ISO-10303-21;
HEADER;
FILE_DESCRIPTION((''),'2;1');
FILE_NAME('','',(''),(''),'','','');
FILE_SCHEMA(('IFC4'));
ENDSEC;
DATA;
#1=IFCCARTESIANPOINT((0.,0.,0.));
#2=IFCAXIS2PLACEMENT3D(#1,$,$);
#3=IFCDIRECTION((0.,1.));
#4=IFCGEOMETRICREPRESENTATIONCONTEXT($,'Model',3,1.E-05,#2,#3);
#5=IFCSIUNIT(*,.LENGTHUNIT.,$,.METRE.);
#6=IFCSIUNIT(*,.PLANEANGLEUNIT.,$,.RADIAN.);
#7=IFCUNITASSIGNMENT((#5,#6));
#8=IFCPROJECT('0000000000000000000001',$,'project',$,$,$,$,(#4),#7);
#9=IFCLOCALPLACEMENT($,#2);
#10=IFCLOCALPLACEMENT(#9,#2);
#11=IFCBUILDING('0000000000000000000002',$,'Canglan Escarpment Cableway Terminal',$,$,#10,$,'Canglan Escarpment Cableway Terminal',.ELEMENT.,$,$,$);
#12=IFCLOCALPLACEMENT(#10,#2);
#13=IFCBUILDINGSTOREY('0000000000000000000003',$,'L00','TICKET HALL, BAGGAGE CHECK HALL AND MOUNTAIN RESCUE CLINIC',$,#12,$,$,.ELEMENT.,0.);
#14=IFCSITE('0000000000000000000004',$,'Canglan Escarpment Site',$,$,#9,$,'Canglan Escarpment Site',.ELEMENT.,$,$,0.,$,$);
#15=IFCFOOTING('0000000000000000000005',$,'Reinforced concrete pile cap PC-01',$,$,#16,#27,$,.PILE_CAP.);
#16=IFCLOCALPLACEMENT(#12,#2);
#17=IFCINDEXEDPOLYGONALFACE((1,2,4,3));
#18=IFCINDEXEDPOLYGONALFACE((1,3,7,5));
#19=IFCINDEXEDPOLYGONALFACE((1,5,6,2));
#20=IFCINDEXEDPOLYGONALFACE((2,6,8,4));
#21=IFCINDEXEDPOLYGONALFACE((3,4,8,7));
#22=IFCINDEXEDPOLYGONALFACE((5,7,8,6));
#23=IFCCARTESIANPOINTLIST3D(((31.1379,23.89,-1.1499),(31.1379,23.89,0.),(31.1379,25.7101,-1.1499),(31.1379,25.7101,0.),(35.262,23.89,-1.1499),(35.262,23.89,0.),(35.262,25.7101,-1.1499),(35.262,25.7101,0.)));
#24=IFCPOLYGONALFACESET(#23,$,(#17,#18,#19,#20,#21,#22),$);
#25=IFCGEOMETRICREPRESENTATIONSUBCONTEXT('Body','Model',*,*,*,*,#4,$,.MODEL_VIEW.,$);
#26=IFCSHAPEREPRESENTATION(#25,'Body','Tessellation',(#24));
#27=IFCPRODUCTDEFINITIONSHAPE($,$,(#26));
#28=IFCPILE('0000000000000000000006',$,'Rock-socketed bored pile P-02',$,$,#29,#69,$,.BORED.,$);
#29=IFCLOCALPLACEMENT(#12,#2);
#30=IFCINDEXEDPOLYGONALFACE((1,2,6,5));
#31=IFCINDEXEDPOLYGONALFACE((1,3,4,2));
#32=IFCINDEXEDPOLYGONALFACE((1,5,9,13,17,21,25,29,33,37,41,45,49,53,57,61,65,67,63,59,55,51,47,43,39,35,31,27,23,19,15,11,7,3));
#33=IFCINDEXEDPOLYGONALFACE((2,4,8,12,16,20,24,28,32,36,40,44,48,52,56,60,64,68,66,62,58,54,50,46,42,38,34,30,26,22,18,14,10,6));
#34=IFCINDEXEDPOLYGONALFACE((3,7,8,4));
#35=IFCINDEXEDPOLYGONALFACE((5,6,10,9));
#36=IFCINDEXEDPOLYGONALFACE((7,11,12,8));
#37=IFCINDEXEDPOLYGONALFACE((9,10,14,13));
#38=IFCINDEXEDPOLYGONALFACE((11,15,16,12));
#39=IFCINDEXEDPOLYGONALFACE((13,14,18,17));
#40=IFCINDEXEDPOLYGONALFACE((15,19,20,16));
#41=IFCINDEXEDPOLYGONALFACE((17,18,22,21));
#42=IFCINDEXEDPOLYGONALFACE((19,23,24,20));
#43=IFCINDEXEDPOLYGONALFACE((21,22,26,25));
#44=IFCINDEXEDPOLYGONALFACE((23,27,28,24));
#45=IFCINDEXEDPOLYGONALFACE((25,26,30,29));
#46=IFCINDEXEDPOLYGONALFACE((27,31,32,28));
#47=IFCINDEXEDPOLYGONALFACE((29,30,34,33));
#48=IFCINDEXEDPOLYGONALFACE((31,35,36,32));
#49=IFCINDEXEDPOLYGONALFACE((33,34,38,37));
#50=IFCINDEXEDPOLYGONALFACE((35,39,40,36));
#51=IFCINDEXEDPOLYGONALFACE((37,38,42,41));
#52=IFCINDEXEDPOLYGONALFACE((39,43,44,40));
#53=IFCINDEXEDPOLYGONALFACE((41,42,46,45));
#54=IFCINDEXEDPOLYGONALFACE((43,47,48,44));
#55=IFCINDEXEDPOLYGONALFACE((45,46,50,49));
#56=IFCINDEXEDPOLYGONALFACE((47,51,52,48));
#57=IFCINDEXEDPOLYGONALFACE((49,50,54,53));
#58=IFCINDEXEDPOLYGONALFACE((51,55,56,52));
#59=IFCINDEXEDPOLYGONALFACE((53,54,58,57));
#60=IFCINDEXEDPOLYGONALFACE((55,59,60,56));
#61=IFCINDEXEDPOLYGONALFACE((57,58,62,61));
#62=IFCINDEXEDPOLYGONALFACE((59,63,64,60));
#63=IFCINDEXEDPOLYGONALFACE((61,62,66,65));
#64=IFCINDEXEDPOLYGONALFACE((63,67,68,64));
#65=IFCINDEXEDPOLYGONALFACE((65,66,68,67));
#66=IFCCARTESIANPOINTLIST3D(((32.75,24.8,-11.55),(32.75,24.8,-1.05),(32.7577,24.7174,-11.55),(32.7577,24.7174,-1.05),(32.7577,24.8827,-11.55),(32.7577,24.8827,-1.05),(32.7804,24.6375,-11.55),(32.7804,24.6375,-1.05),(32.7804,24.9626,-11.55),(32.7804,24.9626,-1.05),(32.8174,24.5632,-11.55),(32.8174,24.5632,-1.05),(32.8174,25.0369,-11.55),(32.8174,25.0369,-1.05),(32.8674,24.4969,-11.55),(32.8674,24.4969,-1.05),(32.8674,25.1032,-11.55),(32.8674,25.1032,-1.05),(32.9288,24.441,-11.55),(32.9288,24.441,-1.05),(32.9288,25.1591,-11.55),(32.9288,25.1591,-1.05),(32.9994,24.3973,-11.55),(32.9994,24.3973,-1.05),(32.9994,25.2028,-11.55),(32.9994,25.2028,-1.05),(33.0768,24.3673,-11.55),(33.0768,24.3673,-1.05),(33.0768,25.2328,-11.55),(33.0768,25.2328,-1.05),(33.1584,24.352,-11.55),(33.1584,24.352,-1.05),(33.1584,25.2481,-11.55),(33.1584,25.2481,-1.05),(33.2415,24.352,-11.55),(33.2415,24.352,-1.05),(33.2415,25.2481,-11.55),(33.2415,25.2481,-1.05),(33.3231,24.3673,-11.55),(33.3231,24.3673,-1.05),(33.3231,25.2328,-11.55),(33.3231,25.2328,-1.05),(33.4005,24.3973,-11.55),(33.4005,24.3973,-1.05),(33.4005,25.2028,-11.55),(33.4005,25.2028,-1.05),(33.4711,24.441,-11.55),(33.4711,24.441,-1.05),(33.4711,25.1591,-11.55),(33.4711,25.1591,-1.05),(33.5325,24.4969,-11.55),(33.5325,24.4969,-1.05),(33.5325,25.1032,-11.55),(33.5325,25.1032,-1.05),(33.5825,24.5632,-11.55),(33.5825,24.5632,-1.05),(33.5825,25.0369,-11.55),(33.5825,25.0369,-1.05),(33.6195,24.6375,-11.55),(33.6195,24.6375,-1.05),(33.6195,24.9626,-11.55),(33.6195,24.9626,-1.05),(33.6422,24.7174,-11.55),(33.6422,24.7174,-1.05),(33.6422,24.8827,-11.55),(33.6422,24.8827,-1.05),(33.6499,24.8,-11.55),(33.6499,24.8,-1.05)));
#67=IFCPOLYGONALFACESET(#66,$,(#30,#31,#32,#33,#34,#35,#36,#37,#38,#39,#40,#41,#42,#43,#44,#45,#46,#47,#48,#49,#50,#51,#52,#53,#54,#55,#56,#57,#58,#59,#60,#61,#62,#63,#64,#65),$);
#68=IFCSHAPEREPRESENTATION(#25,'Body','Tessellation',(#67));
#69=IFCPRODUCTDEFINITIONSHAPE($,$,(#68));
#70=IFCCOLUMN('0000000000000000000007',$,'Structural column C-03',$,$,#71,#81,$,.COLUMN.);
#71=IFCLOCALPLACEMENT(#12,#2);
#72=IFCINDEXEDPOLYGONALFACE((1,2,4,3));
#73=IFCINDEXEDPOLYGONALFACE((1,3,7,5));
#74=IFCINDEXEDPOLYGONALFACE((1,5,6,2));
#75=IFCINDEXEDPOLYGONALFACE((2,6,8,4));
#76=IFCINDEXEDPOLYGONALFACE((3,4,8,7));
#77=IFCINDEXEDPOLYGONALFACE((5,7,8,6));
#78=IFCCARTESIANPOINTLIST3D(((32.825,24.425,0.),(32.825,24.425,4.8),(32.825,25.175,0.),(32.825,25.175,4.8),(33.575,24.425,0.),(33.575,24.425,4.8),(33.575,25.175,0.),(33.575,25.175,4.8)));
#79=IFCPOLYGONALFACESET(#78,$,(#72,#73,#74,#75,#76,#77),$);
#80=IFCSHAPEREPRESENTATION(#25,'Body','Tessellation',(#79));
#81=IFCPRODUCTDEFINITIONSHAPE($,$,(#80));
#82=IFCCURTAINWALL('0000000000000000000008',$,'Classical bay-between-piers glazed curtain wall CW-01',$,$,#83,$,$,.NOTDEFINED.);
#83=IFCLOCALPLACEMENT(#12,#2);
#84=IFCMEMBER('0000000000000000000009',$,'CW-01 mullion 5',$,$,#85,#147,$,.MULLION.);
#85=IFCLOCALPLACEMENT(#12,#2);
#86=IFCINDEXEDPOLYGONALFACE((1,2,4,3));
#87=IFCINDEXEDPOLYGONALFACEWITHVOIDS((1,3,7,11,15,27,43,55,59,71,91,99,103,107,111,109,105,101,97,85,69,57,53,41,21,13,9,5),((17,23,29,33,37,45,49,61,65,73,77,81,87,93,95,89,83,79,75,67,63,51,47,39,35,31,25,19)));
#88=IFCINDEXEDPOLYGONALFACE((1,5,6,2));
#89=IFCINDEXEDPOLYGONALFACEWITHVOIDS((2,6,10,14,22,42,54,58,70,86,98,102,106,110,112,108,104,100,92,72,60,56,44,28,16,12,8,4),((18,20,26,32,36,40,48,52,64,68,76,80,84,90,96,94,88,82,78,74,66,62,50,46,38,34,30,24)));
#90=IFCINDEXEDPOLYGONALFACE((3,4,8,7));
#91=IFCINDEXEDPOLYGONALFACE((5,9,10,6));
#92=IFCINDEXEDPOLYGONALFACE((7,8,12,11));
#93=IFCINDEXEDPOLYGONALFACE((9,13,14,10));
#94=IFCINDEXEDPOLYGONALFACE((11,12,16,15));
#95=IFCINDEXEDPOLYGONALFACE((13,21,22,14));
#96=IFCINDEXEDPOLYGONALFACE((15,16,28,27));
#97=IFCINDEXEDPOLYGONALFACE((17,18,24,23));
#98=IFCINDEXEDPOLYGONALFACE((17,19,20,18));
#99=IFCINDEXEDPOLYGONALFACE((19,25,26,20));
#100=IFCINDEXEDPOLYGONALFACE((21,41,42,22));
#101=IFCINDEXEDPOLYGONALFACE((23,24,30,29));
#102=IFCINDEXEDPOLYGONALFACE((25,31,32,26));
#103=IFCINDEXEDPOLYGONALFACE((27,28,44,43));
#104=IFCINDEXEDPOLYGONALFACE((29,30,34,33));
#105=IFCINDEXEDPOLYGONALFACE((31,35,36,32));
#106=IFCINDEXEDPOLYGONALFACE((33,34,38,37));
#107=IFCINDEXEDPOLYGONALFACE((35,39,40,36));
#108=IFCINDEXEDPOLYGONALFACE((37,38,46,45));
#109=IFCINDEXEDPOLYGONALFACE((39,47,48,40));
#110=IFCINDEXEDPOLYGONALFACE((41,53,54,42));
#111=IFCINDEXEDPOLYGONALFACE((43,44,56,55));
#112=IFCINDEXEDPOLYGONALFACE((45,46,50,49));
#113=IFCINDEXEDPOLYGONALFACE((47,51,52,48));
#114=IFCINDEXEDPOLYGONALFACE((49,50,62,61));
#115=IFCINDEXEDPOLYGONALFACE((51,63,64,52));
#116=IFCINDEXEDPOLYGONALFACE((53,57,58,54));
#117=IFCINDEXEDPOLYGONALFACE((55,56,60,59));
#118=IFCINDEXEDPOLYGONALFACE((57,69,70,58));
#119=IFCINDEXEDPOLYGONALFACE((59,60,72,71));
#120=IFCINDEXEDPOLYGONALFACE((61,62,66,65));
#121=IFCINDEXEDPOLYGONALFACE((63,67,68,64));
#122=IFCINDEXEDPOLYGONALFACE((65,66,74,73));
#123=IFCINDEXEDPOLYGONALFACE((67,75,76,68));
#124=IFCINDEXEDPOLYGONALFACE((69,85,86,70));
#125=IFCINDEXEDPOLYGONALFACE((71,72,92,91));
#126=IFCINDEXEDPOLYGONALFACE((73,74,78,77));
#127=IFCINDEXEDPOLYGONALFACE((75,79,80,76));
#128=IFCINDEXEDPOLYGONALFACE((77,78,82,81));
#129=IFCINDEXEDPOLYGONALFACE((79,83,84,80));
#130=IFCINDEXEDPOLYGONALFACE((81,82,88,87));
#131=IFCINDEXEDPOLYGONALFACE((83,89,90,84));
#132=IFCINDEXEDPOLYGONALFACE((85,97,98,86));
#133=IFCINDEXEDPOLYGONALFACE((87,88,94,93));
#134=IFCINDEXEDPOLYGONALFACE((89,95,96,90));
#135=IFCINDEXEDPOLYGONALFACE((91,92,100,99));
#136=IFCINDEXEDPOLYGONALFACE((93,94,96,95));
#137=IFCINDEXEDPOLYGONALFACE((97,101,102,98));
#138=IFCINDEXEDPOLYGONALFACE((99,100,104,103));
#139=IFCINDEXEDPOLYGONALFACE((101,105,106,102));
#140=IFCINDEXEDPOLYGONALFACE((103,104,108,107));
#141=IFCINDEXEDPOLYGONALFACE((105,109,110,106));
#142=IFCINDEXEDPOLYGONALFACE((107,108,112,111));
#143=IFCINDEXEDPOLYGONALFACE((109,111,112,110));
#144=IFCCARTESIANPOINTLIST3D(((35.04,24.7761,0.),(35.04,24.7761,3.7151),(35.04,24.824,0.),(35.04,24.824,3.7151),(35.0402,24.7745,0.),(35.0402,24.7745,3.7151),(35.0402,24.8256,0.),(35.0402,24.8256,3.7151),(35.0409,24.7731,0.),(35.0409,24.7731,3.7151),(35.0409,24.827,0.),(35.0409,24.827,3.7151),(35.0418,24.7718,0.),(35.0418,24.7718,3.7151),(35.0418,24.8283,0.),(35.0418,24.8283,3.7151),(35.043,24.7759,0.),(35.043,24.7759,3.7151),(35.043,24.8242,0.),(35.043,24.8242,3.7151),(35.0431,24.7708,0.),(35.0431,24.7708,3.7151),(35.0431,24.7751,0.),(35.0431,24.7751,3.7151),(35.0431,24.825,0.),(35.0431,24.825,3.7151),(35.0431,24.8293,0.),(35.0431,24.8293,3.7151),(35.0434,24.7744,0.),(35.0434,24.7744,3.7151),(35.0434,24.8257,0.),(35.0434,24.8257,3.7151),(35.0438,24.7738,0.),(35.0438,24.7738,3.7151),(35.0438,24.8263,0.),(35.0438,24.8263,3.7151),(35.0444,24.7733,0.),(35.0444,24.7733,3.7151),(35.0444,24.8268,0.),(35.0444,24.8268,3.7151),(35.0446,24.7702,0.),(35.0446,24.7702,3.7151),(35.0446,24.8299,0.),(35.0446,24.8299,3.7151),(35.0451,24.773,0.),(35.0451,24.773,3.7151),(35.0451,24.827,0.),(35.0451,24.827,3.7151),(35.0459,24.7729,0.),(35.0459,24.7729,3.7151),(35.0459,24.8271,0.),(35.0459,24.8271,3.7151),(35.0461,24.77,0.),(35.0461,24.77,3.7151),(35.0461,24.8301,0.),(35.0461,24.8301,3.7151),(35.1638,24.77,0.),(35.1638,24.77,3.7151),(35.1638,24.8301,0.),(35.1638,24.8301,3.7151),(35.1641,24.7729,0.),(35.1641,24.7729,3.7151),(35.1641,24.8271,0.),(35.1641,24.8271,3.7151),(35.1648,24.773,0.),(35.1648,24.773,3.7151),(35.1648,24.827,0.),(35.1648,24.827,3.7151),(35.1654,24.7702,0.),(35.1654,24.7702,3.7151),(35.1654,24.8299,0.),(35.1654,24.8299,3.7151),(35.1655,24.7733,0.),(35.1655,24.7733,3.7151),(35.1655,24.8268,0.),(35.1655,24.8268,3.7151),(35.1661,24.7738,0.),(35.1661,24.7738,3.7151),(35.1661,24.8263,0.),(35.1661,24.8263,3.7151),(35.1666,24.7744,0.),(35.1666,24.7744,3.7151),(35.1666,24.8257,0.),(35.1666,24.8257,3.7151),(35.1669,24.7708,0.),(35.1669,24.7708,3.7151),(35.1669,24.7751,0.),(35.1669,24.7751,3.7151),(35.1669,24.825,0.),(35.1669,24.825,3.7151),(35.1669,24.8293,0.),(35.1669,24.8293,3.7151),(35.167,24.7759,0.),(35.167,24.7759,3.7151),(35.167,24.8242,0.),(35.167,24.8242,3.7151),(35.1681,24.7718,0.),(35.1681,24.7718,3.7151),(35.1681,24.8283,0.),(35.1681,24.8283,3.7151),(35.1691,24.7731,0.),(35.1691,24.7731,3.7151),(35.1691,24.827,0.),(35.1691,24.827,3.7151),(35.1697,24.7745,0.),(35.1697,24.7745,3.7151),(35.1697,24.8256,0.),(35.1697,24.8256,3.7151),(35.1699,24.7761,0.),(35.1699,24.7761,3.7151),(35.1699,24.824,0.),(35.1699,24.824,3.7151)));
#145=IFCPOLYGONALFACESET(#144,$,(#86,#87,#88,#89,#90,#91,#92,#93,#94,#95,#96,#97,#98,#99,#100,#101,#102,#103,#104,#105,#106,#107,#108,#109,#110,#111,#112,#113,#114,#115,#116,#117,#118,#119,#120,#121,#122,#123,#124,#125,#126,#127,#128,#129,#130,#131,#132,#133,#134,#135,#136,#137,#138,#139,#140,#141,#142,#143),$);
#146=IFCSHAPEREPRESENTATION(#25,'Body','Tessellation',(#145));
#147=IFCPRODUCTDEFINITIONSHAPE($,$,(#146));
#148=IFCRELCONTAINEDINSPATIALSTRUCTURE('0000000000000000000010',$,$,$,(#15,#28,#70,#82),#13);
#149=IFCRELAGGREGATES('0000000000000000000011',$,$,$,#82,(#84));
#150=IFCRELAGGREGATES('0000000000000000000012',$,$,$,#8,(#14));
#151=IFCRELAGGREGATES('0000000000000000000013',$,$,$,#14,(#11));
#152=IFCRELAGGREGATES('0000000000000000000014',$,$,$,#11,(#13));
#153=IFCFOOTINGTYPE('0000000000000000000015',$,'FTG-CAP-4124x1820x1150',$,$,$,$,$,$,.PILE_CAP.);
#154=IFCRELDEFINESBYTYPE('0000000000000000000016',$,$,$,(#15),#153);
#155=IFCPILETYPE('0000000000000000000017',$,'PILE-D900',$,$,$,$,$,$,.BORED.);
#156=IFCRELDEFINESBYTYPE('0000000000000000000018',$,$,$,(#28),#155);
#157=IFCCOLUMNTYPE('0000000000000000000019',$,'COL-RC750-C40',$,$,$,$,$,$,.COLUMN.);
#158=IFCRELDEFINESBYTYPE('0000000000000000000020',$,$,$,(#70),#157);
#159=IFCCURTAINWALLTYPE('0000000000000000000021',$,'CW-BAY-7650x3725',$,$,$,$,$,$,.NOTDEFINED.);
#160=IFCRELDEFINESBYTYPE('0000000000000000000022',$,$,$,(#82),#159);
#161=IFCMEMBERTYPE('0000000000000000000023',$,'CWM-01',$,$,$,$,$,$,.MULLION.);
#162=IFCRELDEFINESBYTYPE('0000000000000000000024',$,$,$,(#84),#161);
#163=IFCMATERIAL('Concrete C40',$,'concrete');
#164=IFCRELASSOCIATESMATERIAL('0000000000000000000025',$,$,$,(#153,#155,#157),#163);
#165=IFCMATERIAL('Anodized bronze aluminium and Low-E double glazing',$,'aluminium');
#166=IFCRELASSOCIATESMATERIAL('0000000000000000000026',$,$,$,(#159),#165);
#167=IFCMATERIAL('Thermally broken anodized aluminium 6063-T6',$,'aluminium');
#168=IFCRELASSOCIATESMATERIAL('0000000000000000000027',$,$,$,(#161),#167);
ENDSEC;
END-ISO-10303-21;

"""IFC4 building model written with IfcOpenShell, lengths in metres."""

from ifc_helpers import new_model, si_unit, direction, frame, origin, origin_2d, place, context, subcontext, project, spatial, rectangle, hollow_rectangle, circle, extrude, material, material_profile, profile_set, type_object, element, aggregate, save


model = new_model("IFC4")

# Units and contexts
model_context = context("Model", 3, precision=1e-05, world=origin(), true_north=direction((0.0, 1.0)))
body_context = subcontext(model_context, "Body", "Model", "MODEL_VIEW")
ifc_project = project(units=[si_unit("LENGTHUNIT", "METRE"), si_unit("PLANEANGLEUNIT", "RADIAN")], contexts=[model_context])

# Site, building, storey
site_placement = place(None, origin())
site = spatial("IfcSite", under=ifc_project, at=site_placement, Name="Canglan Escarpment Site", LongName="Canglan Escarpment Site", CompositionType="ELEMENT", RefElevation=0.0)
building_placement = place(site_placement, origin())
building = spatial("IfcBuilding", under=site, at=building_placement, Name="Canglan Escarpment Cableway Terminal", LongName="Canglan Escarpment Cableway Terminal", CompositionType="ELEMENT")
storey_placement = place(building_placement, origin())
storey = spatial("IfcBuildingStorey", under=building, at=storey_placement, Name="L00", Description="TICKET HALL, BAGGAGE CHECK HALL AND MOUNTAIN RESCUE CLINIC", CompositionType="ELEMENT", Elevation=0.0)

# Footing
ifc_material_1 = material(Name="Concrete C40", Category="concrete")
footing_type = type_object("IfcFootingType", Name="FTG-CAP-4124x1820x1150", PredefinedType="PILE_CAP", material=ifc_material_1)
footing_placement = place(storey_placement, frame((33.2, 24.8, -1.1499), z_axis=(0.0, 0.0, 1.0), x_axis=(1.0, 0.0, 0.0)))
element("IfcFooting", 1, at=footing_placement, inside=storey, type_object=footing_type, Name="Reinforced concrete pile cap PC-01", PredefinedType="PILE_CAP", context=body_context, shape_type="SweptSolid", body=[
    extrude(rectangle(XDim=4.124, YDim=1.8201, at=origin_2d()), origin(), (0.0, 0.0, 1.0), 1.1499),
])

# Pile
ifc_material_profile_1 = material_profile(ifc_material_1, circle(Radius=0.45, at=origin_2d()), Name="BORED PILE D900")
ifc_profile_set_1 = profile_set([ifc_material_profile_1], Name="Concrete C40")
pile_type = type_object("IfcPileType", Name="PILE-D900", PredefinedType="BORED", material=ifc_profile_set_1)
pile_placement = place(storey_placement, frame((33.2, 24.8, -1.05), z_axis=(0.0, 0.0, -1.0), x_axis=(1.0, 0.0, 0.0)))
element("IfcPile", 2, at=pile_placement, inside=storey, type_object=pile_type, Name="Rock-socketed bored pile P-02", PredefinedType="BORED", context=body_context, shape_type="SweptSolid", body=[
    extrude(circle(Radius=0.45, at=origin_2d()), origin(), (0.0, 0.0, 1.0), 10.5),
])

# Column
ifc_material_profile_2 = material_profile(ifc_material_1, rectangle(XDim=0.75, YDim=0.75, at=origin_2d()), Name="RC 750x750")
ifc_profile_set_2 = profile_set([ifc_material_profile_2], Name="Concrete C40")
column_type = type_object("IfcColumnType", Name="COL-RC750-C40", PredefinedType="COLUMN", material=ifc_profile_set_2)
column_placement = place(storey_placement, frame((33.2, 24.8, 0.0), z_axis=(0.0, 0.0, 1.0), x_axis=(1.0, 0.0, 0.0)))
element("IfcColumn", 3, at=column_placement, inside=storey, type_object=column_type, Name="Structural column C-03", PredefinedType="COLUMN", context=body_context, shape_type="SweptSolid", body=[
    extrude(rectangle(XDim=0.75, YDim=0.75, at=origin_2d()), origin(), (0.0, 0.0, 1.0), 4.8),
])

# Curtain wall, member
ifc_material_2 = material(Name="Anodized bronze aluminium and Low-E double glazing", Category="aluminium")
curtain_wall_type = type_object("IfcCurtainWallType", Name="CW-BAY-7650x3725", PredefinedType="NOTDEFINED", material=ifc_material_2)
curtain_wall_1_placement = place(storey_placement, origin())
curtain_wall_1 = element("IfcCurtainWall", 4, at=curtain_wall_1_placement, inside=storey, type_object=curtain_wall_type, Name="Classical bay-between-piers glazed curtain wall CW-01", PredefinedType="NOTDEFINED")
ifc_material_3 = material(Name="Thermally broken anodized aluminium 6063-T6", Category="aluminium")
ifc_material_profile_3 = material_profile(ifc_material_3, hollow_rectangle(XDim=0.0601, YDim=0.1299, WallThickness=0.0029, InnerFilletRadius=0.0029, OuterFilletRadius=0.0061, at=origin_2d()), Name="ALU-MULL 60x130x3")
ifc_profile_set_3 = profile_set([ifc_material_profile_3], Name="Thermally broken anodized aluminium 6063-T6")
member_type_1 = type_object("IfcMemberType", Name="CWM-01", PredefinedType="MULLION", material=ifc_profile_set_3)
member_1_placement = place(storey_placement, frame((35.105, 24.8, 0.0), z_axis=(0.0, 0.0, 1.0), x_axis=(0.0, -1.0, 0.0)))
member_1 = element("IfcMember", 5, at=member_1_placement, type_object=member_type_1, Name="CW-01 mullion 5", PredefinedType="MULLION", context=body_context, shape_type="SweptSolid", body=[
    extrude(hollow_rectangle(XDim=0.0601, YDim=0.1299, WallThickness=0.0029, InnerFilletRadius=0.0029, OuterFilletRadius=0.0061, at=origin_2d()), origin(), (0.0, 0.0, 1.0), 3.7151),
])

aggregate(curtain_wall_1, [member_1])

save(model, "model.ifc")
